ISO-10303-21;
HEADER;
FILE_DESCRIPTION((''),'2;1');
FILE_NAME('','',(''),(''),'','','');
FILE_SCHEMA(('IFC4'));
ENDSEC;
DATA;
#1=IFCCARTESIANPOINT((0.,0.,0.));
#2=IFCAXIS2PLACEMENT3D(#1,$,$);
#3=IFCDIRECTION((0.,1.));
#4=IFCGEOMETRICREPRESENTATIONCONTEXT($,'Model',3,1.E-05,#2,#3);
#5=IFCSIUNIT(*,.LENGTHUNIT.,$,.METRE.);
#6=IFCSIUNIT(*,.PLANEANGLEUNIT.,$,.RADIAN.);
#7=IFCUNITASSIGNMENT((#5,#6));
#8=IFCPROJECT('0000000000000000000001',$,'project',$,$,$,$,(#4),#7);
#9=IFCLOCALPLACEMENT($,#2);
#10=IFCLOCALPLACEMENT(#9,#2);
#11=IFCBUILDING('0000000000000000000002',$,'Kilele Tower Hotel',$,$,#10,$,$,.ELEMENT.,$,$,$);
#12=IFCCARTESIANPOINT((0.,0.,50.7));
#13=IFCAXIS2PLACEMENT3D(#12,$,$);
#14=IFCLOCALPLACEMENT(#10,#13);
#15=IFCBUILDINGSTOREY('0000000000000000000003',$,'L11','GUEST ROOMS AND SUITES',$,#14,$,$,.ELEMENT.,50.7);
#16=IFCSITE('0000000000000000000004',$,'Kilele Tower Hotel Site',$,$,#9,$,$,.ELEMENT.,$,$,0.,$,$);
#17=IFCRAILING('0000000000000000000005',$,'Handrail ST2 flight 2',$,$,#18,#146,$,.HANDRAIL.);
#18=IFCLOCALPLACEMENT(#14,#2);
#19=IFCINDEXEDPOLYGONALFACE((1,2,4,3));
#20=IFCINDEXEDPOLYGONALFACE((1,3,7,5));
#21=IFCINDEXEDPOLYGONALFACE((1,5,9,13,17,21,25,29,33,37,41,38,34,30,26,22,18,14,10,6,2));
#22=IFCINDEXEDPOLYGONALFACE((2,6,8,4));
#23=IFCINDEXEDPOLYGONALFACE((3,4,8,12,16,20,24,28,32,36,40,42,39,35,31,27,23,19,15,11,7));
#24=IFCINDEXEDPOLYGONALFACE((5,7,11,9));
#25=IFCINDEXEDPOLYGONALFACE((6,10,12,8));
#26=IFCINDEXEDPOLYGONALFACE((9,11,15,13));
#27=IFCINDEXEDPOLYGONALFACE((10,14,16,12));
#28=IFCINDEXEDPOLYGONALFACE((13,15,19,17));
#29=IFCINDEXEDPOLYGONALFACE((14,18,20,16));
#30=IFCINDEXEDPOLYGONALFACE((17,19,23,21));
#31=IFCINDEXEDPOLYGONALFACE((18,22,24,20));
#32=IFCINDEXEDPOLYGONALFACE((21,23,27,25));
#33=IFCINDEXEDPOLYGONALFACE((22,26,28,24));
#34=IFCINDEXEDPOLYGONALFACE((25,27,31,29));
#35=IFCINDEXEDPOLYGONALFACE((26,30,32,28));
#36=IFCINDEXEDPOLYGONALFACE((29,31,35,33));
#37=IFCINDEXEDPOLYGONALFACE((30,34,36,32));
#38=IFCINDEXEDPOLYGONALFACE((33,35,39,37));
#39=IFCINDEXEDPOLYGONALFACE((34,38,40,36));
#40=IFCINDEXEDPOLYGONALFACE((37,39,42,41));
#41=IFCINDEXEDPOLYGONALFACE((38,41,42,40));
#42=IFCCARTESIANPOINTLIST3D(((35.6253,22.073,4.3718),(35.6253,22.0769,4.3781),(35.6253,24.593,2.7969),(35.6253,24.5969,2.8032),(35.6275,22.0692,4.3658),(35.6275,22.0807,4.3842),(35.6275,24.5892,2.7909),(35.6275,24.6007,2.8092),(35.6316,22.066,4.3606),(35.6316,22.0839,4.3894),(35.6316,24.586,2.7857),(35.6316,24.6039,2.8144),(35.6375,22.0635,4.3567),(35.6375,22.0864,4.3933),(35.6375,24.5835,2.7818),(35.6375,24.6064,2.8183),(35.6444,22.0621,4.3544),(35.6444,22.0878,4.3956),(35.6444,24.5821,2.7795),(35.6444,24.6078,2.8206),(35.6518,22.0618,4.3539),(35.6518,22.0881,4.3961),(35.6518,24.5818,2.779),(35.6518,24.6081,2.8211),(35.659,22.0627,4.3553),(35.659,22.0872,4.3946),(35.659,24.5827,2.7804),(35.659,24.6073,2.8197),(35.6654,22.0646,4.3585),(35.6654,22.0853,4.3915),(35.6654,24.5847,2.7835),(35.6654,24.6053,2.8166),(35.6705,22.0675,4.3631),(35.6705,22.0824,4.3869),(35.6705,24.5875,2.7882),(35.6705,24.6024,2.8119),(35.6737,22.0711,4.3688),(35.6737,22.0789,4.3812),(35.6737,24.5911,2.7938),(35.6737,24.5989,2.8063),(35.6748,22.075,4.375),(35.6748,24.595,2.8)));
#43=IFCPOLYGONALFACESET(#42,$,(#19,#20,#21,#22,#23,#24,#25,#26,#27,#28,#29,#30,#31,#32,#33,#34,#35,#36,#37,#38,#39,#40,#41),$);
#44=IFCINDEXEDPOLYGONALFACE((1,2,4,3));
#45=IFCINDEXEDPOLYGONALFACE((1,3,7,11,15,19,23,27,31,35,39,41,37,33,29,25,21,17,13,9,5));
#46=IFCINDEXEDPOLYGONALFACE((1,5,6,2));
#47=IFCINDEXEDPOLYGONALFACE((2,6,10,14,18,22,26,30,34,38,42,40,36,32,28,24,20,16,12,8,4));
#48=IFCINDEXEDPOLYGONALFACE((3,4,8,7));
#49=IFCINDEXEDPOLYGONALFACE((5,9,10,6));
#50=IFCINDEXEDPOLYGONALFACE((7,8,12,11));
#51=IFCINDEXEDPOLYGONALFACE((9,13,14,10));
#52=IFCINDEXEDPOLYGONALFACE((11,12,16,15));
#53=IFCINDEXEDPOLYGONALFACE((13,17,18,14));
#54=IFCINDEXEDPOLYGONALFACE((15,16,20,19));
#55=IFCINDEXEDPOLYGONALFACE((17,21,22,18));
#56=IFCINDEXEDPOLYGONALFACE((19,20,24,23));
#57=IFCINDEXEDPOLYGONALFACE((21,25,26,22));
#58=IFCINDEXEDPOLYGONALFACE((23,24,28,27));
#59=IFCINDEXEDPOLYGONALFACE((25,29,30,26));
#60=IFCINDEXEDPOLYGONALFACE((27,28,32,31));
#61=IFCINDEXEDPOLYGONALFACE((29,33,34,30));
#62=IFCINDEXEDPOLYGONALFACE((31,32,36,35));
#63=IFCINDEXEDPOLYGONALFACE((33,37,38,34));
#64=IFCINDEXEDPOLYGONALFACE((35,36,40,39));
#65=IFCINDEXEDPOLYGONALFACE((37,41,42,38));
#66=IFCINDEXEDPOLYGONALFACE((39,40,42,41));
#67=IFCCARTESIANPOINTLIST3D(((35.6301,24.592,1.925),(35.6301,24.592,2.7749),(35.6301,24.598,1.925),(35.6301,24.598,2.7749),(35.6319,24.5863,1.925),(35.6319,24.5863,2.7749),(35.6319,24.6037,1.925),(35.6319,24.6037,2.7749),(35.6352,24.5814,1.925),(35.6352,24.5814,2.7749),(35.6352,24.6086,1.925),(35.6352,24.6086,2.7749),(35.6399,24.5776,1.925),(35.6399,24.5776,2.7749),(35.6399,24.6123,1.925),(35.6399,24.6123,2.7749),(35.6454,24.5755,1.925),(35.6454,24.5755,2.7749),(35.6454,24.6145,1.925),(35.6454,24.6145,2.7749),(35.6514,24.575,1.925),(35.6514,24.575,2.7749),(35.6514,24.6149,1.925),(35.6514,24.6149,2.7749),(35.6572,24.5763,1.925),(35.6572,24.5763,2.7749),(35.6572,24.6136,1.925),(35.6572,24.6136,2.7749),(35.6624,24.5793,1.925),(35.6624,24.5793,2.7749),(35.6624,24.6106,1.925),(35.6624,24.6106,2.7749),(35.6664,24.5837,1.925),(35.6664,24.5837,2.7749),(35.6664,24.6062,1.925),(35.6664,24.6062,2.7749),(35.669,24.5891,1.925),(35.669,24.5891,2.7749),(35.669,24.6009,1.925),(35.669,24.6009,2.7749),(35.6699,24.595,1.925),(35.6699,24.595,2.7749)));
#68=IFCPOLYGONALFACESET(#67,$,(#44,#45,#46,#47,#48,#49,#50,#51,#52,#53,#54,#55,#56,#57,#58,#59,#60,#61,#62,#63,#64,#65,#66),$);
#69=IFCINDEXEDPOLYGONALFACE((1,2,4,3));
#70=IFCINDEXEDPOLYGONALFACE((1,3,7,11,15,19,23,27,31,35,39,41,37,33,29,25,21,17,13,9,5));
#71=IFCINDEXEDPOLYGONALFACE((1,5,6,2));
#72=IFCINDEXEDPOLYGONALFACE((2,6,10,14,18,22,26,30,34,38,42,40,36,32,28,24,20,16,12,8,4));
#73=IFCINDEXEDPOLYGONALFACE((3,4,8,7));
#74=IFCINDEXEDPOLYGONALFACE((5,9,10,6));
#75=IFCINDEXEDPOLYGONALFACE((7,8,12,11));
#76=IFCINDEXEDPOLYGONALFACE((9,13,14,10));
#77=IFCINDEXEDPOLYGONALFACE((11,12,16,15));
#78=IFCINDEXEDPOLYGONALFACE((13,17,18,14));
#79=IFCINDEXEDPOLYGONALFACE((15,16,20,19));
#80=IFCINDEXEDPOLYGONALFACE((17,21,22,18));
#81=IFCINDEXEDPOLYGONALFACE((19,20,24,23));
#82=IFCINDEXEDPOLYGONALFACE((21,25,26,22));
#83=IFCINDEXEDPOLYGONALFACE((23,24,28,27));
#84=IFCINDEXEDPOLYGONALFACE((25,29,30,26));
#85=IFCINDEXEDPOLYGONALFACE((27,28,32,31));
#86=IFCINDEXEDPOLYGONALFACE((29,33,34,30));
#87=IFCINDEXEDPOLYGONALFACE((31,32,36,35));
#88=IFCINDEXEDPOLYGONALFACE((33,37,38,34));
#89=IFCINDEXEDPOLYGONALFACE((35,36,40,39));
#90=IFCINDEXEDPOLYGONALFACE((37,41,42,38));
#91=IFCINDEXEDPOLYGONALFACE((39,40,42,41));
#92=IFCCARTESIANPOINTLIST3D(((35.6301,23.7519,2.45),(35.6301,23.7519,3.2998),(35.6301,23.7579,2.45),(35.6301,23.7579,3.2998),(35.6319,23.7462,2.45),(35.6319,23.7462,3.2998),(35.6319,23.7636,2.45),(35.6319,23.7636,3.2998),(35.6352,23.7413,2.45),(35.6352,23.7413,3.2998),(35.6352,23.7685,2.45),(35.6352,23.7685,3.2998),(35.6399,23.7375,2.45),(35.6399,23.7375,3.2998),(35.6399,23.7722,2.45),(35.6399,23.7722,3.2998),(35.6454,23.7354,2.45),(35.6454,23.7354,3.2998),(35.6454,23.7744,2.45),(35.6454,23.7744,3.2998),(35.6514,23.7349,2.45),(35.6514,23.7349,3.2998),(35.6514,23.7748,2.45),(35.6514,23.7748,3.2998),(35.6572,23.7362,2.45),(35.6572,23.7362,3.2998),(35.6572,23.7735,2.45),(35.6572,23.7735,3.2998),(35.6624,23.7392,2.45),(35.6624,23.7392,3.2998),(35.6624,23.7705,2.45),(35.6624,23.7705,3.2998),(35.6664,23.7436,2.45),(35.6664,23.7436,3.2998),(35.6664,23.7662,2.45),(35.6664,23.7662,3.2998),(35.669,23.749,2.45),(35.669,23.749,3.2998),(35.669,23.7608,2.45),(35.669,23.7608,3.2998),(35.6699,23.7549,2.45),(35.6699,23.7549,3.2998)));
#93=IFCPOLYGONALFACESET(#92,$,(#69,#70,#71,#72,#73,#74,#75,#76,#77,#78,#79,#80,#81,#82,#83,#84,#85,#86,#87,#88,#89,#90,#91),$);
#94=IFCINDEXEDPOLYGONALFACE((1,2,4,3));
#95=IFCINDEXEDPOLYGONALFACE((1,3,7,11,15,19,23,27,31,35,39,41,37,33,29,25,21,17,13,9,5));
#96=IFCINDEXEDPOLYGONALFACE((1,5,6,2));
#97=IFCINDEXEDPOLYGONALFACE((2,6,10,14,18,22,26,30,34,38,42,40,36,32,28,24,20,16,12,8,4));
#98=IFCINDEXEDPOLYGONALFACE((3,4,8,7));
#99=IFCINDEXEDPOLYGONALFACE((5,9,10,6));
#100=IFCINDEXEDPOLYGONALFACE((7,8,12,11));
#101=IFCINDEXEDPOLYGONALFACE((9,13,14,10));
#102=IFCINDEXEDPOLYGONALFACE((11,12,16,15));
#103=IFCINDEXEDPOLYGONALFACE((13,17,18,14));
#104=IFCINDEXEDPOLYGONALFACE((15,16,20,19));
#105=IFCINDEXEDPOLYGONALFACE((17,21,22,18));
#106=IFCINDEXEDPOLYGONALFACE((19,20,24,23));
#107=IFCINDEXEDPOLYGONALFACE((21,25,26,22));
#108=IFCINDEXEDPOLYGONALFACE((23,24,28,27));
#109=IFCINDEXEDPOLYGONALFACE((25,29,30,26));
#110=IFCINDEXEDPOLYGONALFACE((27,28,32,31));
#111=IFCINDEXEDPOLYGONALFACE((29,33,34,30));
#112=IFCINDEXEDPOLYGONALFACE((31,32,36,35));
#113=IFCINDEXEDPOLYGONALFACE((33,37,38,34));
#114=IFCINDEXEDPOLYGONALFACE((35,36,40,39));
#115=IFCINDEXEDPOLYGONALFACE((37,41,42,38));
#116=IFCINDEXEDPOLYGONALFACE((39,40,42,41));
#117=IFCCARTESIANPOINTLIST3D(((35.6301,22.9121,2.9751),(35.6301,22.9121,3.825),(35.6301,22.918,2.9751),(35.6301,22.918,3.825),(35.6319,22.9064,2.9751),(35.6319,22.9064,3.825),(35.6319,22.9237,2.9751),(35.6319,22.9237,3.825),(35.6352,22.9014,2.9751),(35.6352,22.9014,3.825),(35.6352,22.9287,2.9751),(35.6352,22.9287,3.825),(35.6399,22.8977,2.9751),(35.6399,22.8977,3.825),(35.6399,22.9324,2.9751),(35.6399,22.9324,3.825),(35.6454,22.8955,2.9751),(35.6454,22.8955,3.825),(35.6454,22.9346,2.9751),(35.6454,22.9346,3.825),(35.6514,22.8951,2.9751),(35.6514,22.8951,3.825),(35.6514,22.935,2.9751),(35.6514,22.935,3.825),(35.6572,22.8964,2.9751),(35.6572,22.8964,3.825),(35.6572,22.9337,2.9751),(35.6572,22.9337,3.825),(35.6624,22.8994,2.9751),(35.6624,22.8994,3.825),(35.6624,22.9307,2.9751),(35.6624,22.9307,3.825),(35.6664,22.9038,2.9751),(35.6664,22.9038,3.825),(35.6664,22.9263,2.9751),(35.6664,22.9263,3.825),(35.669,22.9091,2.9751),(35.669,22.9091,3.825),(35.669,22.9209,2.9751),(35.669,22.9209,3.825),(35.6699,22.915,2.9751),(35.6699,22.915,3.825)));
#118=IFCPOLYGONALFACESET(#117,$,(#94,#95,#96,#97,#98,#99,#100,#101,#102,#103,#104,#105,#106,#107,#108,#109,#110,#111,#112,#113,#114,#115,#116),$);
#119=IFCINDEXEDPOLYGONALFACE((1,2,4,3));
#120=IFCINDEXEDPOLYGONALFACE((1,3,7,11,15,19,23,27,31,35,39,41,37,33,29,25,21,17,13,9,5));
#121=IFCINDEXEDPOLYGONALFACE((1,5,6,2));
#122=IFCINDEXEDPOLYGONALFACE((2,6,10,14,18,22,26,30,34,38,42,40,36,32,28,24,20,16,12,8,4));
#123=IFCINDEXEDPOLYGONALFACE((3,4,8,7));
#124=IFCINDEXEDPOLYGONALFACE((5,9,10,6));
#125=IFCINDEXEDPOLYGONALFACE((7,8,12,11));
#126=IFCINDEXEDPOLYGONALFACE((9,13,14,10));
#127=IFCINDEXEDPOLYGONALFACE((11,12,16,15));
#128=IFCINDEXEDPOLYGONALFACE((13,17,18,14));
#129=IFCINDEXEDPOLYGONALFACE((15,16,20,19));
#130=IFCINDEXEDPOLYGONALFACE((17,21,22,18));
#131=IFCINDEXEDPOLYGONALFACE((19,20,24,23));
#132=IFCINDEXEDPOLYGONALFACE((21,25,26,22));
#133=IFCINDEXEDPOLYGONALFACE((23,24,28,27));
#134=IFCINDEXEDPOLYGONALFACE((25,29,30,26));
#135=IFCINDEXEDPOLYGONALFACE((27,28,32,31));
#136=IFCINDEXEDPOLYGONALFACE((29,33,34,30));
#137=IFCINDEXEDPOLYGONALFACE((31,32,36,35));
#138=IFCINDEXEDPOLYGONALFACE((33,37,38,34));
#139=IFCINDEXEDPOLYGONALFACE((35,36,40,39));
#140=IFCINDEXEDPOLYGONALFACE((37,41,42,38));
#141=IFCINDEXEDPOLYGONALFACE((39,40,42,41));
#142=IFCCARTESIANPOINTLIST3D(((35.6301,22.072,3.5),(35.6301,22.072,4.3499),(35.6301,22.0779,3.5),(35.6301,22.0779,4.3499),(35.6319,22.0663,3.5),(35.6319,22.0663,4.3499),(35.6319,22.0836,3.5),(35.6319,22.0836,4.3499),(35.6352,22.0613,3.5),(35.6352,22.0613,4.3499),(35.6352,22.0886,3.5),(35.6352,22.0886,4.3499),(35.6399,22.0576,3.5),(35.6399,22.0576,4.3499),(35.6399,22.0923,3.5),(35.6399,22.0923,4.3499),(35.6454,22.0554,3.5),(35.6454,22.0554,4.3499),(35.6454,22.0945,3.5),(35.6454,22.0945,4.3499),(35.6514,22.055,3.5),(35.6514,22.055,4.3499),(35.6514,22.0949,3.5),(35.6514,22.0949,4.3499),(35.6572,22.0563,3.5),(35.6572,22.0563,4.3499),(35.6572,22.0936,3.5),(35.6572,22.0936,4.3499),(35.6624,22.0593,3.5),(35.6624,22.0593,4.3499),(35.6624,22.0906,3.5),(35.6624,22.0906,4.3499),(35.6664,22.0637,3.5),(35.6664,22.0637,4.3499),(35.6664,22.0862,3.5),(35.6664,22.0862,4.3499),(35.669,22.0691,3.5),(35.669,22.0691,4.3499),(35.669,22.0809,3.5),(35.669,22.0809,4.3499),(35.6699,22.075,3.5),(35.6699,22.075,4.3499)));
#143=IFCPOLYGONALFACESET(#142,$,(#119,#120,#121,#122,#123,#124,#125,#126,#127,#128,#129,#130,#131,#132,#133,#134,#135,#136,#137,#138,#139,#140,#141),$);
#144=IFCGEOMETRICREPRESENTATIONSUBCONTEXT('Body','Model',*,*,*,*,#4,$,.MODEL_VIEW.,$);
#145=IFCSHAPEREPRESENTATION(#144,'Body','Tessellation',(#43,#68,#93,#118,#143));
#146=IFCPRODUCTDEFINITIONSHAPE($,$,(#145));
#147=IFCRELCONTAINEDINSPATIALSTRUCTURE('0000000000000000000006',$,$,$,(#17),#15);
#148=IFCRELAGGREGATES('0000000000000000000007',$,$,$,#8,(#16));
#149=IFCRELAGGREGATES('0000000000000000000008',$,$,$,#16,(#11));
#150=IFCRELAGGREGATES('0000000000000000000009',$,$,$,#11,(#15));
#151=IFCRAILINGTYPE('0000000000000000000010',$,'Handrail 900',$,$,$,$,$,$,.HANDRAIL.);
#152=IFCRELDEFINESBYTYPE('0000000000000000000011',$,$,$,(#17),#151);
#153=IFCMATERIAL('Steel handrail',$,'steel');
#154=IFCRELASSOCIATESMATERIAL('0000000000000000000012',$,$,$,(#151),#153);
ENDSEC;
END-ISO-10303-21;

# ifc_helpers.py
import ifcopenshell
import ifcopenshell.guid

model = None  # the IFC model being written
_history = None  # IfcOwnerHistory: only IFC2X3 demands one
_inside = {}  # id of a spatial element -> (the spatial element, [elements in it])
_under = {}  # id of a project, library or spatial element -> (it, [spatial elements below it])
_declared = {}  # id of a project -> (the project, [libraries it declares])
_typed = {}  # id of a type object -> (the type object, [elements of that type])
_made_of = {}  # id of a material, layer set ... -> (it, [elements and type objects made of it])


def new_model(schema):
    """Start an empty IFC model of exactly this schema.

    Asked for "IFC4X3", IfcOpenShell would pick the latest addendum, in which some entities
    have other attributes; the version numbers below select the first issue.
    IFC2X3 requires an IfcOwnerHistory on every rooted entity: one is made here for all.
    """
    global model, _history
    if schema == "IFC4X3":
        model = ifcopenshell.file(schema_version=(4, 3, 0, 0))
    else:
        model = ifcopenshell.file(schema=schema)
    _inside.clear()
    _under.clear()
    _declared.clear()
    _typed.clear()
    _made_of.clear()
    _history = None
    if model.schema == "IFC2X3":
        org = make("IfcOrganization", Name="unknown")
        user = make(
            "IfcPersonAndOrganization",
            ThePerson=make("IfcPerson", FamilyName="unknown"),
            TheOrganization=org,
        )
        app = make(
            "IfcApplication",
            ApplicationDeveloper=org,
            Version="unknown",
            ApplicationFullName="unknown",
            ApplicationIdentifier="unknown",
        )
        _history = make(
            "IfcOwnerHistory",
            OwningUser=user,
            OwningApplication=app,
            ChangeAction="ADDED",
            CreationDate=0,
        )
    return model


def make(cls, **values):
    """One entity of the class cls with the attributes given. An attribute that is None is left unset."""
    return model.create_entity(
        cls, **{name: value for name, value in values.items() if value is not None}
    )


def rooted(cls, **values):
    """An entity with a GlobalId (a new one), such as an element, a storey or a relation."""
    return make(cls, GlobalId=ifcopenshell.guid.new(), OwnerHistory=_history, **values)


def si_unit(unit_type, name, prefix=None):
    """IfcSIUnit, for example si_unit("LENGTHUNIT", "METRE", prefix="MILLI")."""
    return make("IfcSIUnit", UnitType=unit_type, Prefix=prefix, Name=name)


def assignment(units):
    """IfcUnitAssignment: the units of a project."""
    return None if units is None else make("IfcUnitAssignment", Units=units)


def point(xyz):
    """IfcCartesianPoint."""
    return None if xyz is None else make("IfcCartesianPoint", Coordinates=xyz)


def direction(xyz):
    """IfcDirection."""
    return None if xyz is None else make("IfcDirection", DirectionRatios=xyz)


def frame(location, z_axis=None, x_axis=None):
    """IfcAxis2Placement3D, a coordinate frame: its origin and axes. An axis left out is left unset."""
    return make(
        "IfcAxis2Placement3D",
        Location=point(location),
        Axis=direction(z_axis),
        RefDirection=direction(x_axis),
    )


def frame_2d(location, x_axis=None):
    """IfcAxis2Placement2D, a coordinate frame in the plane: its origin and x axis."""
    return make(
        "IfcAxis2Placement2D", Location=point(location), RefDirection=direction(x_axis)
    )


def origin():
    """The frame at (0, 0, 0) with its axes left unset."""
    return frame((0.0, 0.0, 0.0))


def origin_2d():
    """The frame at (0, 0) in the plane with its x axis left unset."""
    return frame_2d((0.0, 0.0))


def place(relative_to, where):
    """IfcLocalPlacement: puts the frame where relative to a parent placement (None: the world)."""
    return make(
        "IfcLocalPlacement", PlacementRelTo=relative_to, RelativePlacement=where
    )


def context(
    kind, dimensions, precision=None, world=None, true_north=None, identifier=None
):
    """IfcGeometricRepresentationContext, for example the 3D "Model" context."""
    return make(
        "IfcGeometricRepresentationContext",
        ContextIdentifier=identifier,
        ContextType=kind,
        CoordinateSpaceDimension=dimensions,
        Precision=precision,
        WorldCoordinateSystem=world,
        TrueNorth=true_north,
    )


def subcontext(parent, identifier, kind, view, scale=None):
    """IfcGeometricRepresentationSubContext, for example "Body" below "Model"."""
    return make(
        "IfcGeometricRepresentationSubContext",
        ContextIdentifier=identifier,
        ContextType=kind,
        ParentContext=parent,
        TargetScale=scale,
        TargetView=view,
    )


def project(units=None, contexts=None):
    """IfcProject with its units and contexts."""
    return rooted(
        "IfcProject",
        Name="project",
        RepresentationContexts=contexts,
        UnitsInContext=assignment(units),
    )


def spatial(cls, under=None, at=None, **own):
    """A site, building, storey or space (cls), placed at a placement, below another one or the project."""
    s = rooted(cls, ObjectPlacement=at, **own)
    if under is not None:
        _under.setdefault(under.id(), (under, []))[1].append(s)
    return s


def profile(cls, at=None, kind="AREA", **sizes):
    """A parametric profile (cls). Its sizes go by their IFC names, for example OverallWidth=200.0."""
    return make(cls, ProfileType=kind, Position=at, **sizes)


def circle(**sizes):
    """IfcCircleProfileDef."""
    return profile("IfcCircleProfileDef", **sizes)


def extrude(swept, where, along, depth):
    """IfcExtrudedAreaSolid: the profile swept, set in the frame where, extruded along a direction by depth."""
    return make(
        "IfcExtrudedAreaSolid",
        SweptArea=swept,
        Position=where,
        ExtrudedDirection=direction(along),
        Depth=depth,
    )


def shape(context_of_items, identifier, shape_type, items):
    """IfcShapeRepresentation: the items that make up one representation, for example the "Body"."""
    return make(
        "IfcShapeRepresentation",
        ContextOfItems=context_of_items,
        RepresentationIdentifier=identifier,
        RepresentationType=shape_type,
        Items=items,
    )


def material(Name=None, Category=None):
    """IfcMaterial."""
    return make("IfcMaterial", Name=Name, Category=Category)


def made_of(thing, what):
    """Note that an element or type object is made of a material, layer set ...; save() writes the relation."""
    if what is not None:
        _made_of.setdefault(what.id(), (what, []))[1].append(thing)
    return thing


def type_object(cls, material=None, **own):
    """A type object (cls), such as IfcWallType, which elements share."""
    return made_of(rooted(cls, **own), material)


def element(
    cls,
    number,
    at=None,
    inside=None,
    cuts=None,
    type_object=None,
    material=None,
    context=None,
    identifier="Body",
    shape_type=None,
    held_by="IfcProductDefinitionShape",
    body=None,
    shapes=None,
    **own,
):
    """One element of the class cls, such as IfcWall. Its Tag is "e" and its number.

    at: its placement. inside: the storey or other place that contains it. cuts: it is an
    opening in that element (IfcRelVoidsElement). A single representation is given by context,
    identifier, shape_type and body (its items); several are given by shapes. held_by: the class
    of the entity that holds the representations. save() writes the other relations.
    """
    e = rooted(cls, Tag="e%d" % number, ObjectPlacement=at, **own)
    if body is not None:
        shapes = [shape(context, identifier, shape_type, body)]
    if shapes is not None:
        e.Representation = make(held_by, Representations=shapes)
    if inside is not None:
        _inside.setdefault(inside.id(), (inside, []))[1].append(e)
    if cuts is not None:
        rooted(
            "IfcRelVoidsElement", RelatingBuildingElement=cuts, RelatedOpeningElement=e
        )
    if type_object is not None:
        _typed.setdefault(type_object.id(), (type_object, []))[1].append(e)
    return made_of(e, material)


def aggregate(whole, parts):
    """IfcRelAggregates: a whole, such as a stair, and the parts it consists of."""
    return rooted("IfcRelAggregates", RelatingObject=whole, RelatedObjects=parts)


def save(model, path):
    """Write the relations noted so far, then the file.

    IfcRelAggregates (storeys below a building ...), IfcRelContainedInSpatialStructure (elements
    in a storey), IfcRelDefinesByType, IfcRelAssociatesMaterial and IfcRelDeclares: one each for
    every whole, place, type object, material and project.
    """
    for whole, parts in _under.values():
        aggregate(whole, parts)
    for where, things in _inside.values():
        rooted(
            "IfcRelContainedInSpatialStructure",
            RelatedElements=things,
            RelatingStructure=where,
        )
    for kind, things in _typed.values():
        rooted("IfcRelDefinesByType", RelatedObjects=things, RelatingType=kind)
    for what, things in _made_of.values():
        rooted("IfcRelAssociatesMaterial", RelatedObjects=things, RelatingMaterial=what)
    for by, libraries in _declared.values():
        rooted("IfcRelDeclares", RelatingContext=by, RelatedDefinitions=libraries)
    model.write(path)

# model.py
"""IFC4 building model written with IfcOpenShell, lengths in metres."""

from ifc_helpers import new_model, si_unit, direction, frame, origin, origin_2d, place, context, subcontext, project, spatial, circle, extrude, material, type_object, element, save


model = new_model("IFC4")

# Units and contexts
model_context = context("Model", 3, precision=1e-05, world=origin(), true_north=direction((0.0, 1.0)))
body_context = subcontext(model_context, "Body", "Model", "MODEL_VIEW")
ifc_project = project(units=[si_unit("LENGTHUNIT", "METRE"), si_unit("PLANEANGLEUNIT", "RADIAN")], contexts=[model_context])

# Site, building, storey
site_placement = place(None, origin())
site = spatial("IfcSite", under=ifc_project, at=site_placement, Name="Kilele Tower Hotel Site", CompositionType="ELEMENT", RefElevation=0.0)
building_placement = place(site_placement, origin())
building = spatial("IfcBuilding", under=site, at=building_placement, Name="Kilele Tower Hotel", CompositionType="ELEMENT")
storey_placement = place(building_placement, frame((0.0, 0.0, 50.7)))
storey = spatial("IfcBuildingStorey", under=building, at=storey_placement, Name="L11", Description="GUEST ROOMS AND SUITES", CompositionType="ELEMENT", Elevation=50.7)

# Railing
ifc_material_1 = material(Name="Steel handrail", Category="steel")
railing_type_1 = type_object("IfcRailingType", Name="Handrail 900", PredefinedType="HANDRAIL", material=ifc_material_1)
for number, where, name in (
    (1, (35.6499, 24.595, 1.925), "Handrail ST2 flight 2"),
):
    element("IfcRailing", number, at=place(storey_placement, frame(where)), inside=storey, type_object=railing_type_1, Name=name, PredefinedType="HANDRAIL", context=body_context, shape_type="SweptSolid", body=[
        extrude(circle(Radius=0.0249, at=origin_2d()), frame((0.0, 0.0, 0.875), z_axis=(0.0, -0.848008, 0.529984), x_axis=(1.0, 0.0, 0.0)), (0.0, 0.0, 1.0), 2.9717),
        extrude(circle(Radius=0.02, at=origin_2d()), origin(), (0.0, 0.0, 1.0), 0.8499),
        extrude(circle(Radius=0.02, at=origin_2d()), frame((0.0, -0.8401, 0.5249)), (0.0, 0.0, 1.0), 0.8499),
        extrude(circle(Radius=0.02, at=origin_2d()), frame((0.0, -1.6799, 1.05)), (0.0, 0.0, 1.0), 0.8499),
        extrude(circle(Radius=0.02, at=origin_2d()), frame((0.0, -2.52, 1.575)), (0.0, 0.0, 1.0), 0.8499),
    ])

save(model, "model.ifc")
